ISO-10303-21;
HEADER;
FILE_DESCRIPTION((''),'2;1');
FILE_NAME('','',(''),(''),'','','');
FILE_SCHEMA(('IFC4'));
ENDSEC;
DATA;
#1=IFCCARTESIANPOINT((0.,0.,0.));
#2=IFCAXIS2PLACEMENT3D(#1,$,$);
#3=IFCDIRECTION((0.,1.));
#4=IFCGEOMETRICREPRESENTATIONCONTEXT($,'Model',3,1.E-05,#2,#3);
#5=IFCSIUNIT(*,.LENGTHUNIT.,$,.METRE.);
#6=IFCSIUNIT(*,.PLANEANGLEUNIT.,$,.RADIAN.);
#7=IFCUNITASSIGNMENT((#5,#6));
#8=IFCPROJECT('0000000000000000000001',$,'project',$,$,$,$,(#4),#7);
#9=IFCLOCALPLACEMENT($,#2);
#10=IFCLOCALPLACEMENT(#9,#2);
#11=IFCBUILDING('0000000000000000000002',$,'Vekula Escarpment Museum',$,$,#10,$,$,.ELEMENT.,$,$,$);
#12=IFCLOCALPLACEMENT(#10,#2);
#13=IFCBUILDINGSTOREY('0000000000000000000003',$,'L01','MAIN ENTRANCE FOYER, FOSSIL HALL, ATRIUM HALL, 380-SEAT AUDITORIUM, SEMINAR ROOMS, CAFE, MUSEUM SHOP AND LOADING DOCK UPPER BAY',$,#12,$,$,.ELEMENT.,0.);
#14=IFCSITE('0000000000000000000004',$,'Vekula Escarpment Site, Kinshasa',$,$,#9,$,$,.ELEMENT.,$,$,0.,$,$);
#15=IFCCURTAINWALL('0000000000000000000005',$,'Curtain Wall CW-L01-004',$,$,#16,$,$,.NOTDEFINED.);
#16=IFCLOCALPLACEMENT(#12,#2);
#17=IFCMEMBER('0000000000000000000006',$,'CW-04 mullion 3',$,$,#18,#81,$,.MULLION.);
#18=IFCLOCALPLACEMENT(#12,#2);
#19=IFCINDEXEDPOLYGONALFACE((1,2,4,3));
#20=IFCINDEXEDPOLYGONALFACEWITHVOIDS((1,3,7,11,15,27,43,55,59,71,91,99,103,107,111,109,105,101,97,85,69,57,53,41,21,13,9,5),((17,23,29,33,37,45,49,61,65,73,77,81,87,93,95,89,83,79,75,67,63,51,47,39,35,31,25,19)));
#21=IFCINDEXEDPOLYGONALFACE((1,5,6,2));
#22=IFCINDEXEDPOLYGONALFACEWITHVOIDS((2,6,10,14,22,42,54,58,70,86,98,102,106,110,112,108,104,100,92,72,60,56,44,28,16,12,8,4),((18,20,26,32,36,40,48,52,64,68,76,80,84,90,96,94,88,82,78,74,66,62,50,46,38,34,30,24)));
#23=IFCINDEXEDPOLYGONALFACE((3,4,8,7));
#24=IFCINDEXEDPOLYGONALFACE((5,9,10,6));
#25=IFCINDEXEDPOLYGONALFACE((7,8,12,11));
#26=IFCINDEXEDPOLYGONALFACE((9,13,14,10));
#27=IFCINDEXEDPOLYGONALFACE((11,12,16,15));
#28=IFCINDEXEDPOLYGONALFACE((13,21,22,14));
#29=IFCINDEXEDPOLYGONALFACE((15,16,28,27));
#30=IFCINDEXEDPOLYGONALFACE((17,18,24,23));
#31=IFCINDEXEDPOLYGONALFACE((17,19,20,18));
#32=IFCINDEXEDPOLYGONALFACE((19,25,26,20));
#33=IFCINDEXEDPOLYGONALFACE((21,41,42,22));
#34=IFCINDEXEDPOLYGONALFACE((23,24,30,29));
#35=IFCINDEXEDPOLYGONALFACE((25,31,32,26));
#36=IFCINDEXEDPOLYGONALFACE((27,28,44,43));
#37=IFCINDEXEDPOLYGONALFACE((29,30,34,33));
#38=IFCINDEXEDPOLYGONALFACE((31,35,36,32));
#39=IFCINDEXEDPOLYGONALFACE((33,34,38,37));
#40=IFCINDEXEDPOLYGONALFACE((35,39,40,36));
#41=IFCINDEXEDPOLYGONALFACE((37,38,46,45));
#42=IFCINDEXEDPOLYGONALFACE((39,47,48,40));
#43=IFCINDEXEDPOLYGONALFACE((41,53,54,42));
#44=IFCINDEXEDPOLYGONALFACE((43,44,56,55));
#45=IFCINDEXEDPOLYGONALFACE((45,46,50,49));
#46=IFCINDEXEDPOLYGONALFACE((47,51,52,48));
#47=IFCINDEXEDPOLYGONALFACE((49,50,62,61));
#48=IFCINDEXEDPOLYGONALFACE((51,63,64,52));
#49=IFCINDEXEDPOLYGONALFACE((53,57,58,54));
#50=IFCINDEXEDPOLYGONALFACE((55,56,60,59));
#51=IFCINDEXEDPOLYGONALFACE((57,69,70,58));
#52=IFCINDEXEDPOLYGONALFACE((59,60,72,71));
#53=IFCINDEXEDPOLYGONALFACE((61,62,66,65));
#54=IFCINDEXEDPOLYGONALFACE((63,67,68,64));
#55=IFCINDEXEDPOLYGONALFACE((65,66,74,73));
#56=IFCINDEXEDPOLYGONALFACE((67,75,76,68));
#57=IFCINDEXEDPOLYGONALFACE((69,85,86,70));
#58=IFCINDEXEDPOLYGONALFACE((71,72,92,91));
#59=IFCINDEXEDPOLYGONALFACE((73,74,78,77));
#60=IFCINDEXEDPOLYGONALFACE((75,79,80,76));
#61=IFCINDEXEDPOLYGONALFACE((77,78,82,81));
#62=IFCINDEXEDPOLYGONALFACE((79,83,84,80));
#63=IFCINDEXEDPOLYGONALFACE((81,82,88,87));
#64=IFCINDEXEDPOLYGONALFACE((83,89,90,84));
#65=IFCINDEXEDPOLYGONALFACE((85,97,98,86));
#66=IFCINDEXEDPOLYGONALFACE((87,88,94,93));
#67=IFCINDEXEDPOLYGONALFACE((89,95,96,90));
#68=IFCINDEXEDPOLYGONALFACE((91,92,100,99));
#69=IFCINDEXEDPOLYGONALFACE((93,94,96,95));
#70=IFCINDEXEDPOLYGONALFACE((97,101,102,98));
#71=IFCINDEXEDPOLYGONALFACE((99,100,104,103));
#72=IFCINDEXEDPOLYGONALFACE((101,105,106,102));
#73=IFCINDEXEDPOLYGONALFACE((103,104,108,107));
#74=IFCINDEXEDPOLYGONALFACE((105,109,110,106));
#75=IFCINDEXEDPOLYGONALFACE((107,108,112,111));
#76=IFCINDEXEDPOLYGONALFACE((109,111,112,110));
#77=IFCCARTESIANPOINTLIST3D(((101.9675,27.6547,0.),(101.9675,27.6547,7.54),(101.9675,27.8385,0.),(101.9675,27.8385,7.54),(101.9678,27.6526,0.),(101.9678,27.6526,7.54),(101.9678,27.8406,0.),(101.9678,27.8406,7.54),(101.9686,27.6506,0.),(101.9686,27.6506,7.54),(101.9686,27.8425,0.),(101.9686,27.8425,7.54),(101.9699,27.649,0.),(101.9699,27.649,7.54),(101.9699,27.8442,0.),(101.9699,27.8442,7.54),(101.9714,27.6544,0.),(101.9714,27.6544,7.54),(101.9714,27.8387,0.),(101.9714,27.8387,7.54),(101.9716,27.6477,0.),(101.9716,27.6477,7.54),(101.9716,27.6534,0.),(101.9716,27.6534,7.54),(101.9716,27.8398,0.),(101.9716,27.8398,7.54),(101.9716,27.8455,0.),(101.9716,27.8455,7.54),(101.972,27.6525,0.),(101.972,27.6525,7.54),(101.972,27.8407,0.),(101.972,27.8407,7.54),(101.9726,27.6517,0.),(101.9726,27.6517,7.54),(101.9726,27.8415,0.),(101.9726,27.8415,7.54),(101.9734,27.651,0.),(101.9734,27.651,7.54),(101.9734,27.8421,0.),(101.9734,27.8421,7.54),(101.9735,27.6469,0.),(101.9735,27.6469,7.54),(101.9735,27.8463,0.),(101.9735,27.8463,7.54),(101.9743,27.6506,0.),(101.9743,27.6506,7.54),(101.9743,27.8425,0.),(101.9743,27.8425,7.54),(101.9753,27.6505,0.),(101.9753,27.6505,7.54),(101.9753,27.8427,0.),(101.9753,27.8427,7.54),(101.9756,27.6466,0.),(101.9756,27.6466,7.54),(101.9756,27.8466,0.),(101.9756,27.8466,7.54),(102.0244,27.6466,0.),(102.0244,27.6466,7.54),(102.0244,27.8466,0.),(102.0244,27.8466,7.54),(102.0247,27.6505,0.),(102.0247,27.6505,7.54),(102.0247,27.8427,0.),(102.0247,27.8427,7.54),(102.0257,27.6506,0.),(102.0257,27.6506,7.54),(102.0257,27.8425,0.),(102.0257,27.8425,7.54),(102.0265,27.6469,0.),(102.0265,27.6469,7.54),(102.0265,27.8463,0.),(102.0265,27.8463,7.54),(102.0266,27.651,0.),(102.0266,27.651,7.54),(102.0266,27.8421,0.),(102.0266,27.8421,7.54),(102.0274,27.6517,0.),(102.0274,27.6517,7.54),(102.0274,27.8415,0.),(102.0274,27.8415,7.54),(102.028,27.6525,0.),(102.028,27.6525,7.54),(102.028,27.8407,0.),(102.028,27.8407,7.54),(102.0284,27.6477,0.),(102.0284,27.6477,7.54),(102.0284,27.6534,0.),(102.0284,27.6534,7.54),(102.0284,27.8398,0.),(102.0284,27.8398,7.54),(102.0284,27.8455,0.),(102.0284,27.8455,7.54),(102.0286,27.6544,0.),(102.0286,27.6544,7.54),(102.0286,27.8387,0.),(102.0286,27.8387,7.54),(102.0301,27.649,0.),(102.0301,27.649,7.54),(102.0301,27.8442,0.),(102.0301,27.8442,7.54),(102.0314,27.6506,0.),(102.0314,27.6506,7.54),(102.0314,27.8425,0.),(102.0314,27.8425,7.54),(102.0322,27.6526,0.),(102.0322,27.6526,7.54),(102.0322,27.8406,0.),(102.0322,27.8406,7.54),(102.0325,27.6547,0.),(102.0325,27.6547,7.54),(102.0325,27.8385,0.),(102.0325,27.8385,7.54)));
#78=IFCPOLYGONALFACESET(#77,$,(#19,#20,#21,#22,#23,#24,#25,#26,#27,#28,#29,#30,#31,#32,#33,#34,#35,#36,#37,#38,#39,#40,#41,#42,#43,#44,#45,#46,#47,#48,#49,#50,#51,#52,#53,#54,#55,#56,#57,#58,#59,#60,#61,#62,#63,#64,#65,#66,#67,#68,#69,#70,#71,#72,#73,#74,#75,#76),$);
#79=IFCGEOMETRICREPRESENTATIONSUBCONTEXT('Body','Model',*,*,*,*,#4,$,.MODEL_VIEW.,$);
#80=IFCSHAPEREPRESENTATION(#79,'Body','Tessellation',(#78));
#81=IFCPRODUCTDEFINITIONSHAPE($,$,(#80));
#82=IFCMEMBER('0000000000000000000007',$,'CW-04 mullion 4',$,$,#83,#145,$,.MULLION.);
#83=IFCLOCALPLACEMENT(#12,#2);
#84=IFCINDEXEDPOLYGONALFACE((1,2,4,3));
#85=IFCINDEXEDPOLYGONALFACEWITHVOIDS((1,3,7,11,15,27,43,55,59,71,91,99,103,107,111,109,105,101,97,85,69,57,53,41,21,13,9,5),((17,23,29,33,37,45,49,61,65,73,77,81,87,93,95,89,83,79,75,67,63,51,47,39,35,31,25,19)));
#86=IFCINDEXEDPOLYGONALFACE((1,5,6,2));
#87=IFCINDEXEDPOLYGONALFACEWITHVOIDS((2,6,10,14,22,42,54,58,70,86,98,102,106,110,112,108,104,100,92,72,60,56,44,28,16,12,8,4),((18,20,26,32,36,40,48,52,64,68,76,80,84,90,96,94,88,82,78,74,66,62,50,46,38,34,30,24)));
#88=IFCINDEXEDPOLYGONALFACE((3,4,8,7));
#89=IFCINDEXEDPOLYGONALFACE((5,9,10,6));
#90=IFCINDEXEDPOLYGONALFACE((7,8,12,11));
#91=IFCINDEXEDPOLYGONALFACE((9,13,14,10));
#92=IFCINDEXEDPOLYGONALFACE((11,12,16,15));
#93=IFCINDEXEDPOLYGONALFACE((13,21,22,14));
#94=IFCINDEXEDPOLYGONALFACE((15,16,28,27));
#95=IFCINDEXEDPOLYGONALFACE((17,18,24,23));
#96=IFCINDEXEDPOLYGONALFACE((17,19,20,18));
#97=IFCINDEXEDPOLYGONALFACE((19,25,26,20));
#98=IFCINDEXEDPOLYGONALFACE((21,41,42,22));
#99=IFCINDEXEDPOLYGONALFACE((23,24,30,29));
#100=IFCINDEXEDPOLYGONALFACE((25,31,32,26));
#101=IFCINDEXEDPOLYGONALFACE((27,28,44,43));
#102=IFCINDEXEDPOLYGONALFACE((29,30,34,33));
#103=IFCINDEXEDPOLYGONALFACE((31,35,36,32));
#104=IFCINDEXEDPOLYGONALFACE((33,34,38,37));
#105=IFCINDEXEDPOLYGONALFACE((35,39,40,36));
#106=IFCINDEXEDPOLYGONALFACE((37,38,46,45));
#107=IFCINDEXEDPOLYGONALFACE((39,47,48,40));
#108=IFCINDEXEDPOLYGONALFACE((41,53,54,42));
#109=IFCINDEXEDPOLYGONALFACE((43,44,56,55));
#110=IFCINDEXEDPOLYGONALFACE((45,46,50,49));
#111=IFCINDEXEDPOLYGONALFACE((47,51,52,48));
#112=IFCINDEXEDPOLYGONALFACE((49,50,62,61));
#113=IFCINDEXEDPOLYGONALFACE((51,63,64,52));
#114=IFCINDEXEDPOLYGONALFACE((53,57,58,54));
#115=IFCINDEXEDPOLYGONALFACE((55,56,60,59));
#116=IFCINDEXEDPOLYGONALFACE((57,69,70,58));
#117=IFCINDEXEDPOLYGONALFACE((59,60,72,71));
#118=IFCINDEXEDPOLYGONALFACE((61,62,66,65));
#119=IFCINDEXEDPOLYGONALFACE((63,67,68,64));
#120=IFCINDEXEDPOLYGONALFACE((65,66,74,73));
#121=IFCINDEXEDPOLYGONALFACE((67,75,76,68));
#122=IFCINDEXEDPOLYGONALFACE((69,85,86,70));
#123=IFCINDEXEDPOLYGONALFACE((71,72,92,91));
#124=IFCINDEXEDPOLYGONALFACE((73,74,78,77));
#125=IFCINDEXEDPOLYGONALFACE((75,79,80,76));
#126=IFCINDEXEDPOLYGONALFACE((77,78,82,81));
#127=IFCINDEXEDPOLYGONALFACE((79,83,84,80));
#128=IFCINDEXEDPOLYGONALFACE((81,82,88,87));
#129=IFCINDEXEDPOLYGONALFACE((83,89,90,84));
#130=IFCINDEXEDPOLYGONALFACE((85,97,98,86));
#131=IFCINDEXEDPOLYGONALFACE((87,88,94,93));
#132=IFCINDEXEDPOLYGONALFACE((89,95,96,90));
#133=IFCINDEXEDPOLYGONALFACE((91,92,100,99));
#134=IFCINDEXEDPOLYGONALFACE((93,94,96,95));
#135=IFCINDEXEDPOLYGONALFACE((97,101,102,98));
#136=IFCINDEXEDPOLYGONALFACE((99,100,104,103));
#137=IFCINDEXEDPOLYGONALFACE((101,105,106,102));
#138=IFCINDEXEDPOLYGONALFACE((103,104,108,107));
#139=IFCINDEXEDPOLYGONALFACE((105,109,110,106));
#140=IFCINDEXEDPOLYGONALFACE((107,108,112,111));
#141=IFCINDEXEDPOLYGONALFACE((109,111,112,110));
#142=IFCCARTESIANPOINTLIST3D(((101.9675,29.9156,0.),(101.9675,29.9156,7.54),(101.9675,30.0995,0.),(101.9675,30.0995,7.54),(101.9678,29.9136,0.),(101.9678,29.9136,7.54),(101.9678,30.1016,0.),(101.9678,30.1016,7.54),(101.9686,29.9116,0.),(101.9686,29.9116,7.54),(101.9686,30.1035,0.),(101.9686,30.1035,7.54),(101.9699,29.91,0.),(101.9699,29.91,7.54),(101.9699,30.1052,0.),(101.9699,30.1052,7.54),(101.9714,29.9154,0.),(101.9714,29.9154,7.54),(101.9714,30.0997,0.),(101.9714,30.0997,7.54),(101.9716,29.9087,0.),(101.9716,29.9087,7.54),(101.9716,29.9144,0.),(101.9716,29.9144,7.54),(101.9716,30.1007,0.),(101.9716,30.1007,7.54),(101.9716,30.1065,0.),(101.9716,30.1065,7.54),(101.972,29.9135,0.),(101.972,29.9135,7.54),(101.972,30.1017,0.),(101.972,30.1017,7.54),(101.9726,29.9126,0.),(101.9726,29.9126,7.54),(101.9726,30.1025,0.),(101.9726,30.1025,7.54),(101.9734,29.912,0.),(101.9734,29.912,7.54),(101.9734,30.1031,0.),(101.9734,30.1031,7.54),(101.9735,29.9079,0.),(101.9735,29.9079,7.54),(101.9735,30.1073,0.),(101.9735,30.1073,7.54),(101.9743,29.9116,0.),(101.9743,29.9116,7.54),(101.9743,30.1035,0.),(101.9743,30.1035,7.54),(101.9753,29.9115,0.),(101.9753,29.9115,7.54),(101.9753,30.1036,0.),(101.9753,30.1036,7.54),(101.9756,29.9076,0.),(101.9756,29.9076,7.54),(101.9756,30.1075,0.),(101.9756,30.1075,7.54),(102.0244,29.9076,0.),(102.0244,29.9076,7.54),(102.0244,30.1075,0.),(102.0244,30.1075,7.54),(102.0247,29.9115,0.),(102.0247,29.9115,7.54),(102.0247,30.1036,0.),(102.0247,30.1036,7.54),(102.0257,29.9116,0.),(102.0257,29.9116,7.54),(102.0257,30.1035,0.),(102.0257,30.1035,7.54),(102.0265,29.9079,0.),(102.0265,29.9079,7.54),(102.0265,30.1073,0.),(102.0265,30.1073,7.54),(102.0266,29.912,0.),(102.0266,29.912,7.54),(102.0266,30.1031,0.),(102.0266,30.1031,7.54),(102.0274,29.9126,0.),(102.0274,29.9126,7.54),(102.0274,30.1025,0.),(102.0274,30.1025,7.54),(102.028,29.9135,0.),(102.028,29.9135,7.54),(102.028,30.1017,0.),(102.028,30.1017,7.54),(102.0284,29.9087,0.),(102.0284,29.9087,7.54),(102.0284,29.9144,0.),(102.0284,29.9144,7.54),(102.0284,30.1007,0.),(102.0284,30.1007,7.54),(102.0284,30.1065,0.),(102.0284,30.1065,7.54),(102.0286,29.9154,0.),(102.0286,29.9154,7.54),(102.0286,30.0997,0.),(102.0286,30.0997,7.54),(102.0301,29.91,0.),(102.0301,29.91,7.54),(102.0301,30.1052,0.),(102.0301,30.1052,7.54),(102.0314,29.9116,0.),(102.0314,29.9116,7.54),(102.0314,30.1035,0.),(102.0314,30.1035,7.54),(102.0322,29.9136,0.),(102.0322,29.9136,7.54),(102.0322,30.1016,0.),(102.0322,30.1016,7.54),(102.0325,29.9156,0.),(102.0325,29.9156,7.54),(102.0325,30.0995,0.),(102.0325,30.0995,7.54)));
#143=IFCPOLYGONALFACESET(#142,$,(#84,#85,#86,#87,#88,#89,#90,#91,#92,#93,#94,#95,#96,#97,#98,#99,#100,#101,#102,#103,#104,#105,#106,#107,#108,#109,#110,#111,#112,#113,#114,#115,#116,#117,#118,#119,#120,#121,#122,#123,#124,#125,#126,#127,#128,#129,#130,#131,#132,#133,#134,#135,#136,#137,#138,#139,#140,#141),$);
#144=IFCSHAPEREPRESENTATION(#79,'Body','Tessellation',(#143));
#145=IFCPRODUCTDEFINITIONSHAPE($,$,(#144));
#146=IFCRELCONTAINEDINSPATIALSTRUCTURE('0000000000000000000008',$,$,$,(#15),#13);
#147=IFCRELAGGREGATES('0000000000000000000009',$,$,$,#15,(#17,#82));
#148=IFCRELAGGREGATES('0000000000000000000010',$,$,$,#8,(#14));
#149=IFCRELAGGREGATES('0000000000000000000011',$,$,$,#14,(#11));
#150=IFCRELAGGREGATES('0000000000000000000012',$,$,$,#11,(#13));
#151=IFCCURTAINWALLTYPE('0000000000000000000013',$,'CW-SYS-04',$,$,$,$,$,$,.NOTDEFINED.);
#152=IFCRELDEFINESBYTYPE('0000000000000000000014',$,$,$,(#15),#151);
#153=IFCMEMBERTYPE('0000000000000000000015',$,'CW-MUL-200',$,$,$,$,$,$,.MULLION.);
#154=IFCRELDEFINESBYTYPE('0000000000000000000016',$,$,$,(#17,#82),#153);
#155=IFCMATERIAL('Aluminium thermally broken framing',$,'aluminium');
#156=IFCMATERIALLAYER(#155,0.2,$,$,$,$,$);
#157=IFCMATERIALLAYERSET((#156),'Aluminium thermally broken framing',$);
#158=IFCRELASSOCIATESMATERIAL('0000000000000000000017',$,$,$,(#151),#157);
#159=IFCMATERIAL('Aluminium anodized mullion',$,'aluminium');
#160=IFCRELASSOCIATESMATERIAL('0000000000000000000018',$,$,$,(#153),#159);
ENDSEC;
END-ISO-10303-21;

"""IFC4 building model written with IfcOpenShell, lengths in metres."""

from ifc_helpers import new_model, si_unit, direction, frame, origin, origin_2d, place, context, subcontext, project, spatial, hollow_rectangle, extrude, material, layer, layer_set, material_profile, profile_set, type_object, element, aggregate, save


model = new_model("IFC4")

# Units and contexts
model_context = context("Model", 3, precision=1e-05, world=origin(), true_north=direction((0.0, 1.0)))
body_context = subcontext(model_context, "Body", "Model", "MODEL_VIEW")
ifc_project = project(units=[si_unit("LENGTHUNIT", "METRE"), si_unit("PLANEANGLEUNIT", "RADIAN")], contexts=[model_context])

# Site, building, storey
site_placement = place(None, origin())
site = spatial("IfcSite", under=ifc_project, at=site_placement, Name="Vekula Escarpment Site, Kinshasa", CompositionType="ELEMENT", RefElevation=0.0)
building_placement = place(site_placement, origin())
building = spatial("IfcBuilding", under=site, at=building_placement, Name="Vekula Escarpment Museum", CompositionType="ELEMENT")
storey_placement = place(building_placement, origin())
storey = spatial("IfcBuildingStorey", under=building, at=storey_placement, Name="L01", Description="MAIN ENTRANCE FOYER, FOSSIL HALL, ATRIUM HALL, 380-SEAT AUDITORIUM, SEMINAR ROOMS, CAFE, MUSEUM SHOP AND LOADING DOCK UPPER BAY", CompositionType="ELEMENT", Elevation=0.0)

# Curtain wall, members
ifc_material_1 = material(Name="Aluminium thermally broken framing", Category="aluminium")
ifc_layer_1 = layer(ifc_material_1, 0.2)
ifc_layer_set_1 = layer_set([ifc_layer_1], Name="Aluminium thermally broken framing")
curtain_wall_type_1 = type_object("IfcCurtainWallType", Name="CW-SYS-04", PredefinedType="NOTDEFINED", material=ifc_layer_set_1)
curtain_wall_1_placement = place(storey_placement, origin())
curtain_wall_1 = element("IfcCurtainWall", 1, at=curtain_wall_1_placement, inside=storey, type_object=curtain_wall_type_1, Name="Curtain Wall CW-L01-004", PredefinedType="NOTDEFINED")
ifc_material_2 = material(Name="Aluminium anodized mullion", Category="aluminium")
ifc_material_profile_1 = material_profile(ifc_material_2, hollow_rectangle(XDim=0.0649, YDim=0.2, WallThickness=0.0039, InnerFilletRadius=0.0039, OuterFilletRadius=0.0081, at=origin_2d()), Name="ALU 200x65x4")
ifc_profile_set_1 = profile_set([ifc_material_profile_1], Name="Aluminium anodized mullion")
member_type_1 = type_object("IfcMemberType", Name="CW-MUL-200", PredefinedType="MULLION", material=ifc_profile_set_1)
member_1_placement = place(storey_placement, frame((102.0, 27.7466, 0.0), z_axis=(0.0, 0.0, 1.0), x_axis=(-1.0, 0.0, 0.0)))
member_1 = element("IfcMember", 2, at=member_1_placement, type_object=member_type_1, Name="CW-04 mullion 3", PredefinedType="MULLION", context=body_context, shape_type="SweptSolid", body=[
    extrude(hollow_rectangle(XDim=0.0649, YDim=0.2, WallThickness=0.0039, InnerFilletRadius=0.0039, OuterFilletRadius=0.0081, at=origin_2d()), origin(), (0.0, 0.0, 1.0), 7.54),
])
member_2_placement = place(storey_placement, frame((102.0, 30.0076, 0.0), z_axis=(0.0, 0.0, 1.0), x_axis=(-1.0, 0.0, 0.0)))
member_2 = element("IfcMember", 3, at=member_2_placement, type_object=member_type_1, Name="CW-04 mullion 4", PredefinedType="MULLION", context=body_context, shape_type="SweptSolid", body=[
    extrude(hollow_rectangle(XDim=0.0649, YDim=0.2, WallThickness=0.0039, InnerFilletRadius=0.0039, OuterFilletRadius=0.0081, at=origin_2d()), origin(), (0.0, 0.0, 1.0), 7.54),
])

aggregate(curtain_wall_1, [member_1, member_2])

save(model, "model.ifc")
